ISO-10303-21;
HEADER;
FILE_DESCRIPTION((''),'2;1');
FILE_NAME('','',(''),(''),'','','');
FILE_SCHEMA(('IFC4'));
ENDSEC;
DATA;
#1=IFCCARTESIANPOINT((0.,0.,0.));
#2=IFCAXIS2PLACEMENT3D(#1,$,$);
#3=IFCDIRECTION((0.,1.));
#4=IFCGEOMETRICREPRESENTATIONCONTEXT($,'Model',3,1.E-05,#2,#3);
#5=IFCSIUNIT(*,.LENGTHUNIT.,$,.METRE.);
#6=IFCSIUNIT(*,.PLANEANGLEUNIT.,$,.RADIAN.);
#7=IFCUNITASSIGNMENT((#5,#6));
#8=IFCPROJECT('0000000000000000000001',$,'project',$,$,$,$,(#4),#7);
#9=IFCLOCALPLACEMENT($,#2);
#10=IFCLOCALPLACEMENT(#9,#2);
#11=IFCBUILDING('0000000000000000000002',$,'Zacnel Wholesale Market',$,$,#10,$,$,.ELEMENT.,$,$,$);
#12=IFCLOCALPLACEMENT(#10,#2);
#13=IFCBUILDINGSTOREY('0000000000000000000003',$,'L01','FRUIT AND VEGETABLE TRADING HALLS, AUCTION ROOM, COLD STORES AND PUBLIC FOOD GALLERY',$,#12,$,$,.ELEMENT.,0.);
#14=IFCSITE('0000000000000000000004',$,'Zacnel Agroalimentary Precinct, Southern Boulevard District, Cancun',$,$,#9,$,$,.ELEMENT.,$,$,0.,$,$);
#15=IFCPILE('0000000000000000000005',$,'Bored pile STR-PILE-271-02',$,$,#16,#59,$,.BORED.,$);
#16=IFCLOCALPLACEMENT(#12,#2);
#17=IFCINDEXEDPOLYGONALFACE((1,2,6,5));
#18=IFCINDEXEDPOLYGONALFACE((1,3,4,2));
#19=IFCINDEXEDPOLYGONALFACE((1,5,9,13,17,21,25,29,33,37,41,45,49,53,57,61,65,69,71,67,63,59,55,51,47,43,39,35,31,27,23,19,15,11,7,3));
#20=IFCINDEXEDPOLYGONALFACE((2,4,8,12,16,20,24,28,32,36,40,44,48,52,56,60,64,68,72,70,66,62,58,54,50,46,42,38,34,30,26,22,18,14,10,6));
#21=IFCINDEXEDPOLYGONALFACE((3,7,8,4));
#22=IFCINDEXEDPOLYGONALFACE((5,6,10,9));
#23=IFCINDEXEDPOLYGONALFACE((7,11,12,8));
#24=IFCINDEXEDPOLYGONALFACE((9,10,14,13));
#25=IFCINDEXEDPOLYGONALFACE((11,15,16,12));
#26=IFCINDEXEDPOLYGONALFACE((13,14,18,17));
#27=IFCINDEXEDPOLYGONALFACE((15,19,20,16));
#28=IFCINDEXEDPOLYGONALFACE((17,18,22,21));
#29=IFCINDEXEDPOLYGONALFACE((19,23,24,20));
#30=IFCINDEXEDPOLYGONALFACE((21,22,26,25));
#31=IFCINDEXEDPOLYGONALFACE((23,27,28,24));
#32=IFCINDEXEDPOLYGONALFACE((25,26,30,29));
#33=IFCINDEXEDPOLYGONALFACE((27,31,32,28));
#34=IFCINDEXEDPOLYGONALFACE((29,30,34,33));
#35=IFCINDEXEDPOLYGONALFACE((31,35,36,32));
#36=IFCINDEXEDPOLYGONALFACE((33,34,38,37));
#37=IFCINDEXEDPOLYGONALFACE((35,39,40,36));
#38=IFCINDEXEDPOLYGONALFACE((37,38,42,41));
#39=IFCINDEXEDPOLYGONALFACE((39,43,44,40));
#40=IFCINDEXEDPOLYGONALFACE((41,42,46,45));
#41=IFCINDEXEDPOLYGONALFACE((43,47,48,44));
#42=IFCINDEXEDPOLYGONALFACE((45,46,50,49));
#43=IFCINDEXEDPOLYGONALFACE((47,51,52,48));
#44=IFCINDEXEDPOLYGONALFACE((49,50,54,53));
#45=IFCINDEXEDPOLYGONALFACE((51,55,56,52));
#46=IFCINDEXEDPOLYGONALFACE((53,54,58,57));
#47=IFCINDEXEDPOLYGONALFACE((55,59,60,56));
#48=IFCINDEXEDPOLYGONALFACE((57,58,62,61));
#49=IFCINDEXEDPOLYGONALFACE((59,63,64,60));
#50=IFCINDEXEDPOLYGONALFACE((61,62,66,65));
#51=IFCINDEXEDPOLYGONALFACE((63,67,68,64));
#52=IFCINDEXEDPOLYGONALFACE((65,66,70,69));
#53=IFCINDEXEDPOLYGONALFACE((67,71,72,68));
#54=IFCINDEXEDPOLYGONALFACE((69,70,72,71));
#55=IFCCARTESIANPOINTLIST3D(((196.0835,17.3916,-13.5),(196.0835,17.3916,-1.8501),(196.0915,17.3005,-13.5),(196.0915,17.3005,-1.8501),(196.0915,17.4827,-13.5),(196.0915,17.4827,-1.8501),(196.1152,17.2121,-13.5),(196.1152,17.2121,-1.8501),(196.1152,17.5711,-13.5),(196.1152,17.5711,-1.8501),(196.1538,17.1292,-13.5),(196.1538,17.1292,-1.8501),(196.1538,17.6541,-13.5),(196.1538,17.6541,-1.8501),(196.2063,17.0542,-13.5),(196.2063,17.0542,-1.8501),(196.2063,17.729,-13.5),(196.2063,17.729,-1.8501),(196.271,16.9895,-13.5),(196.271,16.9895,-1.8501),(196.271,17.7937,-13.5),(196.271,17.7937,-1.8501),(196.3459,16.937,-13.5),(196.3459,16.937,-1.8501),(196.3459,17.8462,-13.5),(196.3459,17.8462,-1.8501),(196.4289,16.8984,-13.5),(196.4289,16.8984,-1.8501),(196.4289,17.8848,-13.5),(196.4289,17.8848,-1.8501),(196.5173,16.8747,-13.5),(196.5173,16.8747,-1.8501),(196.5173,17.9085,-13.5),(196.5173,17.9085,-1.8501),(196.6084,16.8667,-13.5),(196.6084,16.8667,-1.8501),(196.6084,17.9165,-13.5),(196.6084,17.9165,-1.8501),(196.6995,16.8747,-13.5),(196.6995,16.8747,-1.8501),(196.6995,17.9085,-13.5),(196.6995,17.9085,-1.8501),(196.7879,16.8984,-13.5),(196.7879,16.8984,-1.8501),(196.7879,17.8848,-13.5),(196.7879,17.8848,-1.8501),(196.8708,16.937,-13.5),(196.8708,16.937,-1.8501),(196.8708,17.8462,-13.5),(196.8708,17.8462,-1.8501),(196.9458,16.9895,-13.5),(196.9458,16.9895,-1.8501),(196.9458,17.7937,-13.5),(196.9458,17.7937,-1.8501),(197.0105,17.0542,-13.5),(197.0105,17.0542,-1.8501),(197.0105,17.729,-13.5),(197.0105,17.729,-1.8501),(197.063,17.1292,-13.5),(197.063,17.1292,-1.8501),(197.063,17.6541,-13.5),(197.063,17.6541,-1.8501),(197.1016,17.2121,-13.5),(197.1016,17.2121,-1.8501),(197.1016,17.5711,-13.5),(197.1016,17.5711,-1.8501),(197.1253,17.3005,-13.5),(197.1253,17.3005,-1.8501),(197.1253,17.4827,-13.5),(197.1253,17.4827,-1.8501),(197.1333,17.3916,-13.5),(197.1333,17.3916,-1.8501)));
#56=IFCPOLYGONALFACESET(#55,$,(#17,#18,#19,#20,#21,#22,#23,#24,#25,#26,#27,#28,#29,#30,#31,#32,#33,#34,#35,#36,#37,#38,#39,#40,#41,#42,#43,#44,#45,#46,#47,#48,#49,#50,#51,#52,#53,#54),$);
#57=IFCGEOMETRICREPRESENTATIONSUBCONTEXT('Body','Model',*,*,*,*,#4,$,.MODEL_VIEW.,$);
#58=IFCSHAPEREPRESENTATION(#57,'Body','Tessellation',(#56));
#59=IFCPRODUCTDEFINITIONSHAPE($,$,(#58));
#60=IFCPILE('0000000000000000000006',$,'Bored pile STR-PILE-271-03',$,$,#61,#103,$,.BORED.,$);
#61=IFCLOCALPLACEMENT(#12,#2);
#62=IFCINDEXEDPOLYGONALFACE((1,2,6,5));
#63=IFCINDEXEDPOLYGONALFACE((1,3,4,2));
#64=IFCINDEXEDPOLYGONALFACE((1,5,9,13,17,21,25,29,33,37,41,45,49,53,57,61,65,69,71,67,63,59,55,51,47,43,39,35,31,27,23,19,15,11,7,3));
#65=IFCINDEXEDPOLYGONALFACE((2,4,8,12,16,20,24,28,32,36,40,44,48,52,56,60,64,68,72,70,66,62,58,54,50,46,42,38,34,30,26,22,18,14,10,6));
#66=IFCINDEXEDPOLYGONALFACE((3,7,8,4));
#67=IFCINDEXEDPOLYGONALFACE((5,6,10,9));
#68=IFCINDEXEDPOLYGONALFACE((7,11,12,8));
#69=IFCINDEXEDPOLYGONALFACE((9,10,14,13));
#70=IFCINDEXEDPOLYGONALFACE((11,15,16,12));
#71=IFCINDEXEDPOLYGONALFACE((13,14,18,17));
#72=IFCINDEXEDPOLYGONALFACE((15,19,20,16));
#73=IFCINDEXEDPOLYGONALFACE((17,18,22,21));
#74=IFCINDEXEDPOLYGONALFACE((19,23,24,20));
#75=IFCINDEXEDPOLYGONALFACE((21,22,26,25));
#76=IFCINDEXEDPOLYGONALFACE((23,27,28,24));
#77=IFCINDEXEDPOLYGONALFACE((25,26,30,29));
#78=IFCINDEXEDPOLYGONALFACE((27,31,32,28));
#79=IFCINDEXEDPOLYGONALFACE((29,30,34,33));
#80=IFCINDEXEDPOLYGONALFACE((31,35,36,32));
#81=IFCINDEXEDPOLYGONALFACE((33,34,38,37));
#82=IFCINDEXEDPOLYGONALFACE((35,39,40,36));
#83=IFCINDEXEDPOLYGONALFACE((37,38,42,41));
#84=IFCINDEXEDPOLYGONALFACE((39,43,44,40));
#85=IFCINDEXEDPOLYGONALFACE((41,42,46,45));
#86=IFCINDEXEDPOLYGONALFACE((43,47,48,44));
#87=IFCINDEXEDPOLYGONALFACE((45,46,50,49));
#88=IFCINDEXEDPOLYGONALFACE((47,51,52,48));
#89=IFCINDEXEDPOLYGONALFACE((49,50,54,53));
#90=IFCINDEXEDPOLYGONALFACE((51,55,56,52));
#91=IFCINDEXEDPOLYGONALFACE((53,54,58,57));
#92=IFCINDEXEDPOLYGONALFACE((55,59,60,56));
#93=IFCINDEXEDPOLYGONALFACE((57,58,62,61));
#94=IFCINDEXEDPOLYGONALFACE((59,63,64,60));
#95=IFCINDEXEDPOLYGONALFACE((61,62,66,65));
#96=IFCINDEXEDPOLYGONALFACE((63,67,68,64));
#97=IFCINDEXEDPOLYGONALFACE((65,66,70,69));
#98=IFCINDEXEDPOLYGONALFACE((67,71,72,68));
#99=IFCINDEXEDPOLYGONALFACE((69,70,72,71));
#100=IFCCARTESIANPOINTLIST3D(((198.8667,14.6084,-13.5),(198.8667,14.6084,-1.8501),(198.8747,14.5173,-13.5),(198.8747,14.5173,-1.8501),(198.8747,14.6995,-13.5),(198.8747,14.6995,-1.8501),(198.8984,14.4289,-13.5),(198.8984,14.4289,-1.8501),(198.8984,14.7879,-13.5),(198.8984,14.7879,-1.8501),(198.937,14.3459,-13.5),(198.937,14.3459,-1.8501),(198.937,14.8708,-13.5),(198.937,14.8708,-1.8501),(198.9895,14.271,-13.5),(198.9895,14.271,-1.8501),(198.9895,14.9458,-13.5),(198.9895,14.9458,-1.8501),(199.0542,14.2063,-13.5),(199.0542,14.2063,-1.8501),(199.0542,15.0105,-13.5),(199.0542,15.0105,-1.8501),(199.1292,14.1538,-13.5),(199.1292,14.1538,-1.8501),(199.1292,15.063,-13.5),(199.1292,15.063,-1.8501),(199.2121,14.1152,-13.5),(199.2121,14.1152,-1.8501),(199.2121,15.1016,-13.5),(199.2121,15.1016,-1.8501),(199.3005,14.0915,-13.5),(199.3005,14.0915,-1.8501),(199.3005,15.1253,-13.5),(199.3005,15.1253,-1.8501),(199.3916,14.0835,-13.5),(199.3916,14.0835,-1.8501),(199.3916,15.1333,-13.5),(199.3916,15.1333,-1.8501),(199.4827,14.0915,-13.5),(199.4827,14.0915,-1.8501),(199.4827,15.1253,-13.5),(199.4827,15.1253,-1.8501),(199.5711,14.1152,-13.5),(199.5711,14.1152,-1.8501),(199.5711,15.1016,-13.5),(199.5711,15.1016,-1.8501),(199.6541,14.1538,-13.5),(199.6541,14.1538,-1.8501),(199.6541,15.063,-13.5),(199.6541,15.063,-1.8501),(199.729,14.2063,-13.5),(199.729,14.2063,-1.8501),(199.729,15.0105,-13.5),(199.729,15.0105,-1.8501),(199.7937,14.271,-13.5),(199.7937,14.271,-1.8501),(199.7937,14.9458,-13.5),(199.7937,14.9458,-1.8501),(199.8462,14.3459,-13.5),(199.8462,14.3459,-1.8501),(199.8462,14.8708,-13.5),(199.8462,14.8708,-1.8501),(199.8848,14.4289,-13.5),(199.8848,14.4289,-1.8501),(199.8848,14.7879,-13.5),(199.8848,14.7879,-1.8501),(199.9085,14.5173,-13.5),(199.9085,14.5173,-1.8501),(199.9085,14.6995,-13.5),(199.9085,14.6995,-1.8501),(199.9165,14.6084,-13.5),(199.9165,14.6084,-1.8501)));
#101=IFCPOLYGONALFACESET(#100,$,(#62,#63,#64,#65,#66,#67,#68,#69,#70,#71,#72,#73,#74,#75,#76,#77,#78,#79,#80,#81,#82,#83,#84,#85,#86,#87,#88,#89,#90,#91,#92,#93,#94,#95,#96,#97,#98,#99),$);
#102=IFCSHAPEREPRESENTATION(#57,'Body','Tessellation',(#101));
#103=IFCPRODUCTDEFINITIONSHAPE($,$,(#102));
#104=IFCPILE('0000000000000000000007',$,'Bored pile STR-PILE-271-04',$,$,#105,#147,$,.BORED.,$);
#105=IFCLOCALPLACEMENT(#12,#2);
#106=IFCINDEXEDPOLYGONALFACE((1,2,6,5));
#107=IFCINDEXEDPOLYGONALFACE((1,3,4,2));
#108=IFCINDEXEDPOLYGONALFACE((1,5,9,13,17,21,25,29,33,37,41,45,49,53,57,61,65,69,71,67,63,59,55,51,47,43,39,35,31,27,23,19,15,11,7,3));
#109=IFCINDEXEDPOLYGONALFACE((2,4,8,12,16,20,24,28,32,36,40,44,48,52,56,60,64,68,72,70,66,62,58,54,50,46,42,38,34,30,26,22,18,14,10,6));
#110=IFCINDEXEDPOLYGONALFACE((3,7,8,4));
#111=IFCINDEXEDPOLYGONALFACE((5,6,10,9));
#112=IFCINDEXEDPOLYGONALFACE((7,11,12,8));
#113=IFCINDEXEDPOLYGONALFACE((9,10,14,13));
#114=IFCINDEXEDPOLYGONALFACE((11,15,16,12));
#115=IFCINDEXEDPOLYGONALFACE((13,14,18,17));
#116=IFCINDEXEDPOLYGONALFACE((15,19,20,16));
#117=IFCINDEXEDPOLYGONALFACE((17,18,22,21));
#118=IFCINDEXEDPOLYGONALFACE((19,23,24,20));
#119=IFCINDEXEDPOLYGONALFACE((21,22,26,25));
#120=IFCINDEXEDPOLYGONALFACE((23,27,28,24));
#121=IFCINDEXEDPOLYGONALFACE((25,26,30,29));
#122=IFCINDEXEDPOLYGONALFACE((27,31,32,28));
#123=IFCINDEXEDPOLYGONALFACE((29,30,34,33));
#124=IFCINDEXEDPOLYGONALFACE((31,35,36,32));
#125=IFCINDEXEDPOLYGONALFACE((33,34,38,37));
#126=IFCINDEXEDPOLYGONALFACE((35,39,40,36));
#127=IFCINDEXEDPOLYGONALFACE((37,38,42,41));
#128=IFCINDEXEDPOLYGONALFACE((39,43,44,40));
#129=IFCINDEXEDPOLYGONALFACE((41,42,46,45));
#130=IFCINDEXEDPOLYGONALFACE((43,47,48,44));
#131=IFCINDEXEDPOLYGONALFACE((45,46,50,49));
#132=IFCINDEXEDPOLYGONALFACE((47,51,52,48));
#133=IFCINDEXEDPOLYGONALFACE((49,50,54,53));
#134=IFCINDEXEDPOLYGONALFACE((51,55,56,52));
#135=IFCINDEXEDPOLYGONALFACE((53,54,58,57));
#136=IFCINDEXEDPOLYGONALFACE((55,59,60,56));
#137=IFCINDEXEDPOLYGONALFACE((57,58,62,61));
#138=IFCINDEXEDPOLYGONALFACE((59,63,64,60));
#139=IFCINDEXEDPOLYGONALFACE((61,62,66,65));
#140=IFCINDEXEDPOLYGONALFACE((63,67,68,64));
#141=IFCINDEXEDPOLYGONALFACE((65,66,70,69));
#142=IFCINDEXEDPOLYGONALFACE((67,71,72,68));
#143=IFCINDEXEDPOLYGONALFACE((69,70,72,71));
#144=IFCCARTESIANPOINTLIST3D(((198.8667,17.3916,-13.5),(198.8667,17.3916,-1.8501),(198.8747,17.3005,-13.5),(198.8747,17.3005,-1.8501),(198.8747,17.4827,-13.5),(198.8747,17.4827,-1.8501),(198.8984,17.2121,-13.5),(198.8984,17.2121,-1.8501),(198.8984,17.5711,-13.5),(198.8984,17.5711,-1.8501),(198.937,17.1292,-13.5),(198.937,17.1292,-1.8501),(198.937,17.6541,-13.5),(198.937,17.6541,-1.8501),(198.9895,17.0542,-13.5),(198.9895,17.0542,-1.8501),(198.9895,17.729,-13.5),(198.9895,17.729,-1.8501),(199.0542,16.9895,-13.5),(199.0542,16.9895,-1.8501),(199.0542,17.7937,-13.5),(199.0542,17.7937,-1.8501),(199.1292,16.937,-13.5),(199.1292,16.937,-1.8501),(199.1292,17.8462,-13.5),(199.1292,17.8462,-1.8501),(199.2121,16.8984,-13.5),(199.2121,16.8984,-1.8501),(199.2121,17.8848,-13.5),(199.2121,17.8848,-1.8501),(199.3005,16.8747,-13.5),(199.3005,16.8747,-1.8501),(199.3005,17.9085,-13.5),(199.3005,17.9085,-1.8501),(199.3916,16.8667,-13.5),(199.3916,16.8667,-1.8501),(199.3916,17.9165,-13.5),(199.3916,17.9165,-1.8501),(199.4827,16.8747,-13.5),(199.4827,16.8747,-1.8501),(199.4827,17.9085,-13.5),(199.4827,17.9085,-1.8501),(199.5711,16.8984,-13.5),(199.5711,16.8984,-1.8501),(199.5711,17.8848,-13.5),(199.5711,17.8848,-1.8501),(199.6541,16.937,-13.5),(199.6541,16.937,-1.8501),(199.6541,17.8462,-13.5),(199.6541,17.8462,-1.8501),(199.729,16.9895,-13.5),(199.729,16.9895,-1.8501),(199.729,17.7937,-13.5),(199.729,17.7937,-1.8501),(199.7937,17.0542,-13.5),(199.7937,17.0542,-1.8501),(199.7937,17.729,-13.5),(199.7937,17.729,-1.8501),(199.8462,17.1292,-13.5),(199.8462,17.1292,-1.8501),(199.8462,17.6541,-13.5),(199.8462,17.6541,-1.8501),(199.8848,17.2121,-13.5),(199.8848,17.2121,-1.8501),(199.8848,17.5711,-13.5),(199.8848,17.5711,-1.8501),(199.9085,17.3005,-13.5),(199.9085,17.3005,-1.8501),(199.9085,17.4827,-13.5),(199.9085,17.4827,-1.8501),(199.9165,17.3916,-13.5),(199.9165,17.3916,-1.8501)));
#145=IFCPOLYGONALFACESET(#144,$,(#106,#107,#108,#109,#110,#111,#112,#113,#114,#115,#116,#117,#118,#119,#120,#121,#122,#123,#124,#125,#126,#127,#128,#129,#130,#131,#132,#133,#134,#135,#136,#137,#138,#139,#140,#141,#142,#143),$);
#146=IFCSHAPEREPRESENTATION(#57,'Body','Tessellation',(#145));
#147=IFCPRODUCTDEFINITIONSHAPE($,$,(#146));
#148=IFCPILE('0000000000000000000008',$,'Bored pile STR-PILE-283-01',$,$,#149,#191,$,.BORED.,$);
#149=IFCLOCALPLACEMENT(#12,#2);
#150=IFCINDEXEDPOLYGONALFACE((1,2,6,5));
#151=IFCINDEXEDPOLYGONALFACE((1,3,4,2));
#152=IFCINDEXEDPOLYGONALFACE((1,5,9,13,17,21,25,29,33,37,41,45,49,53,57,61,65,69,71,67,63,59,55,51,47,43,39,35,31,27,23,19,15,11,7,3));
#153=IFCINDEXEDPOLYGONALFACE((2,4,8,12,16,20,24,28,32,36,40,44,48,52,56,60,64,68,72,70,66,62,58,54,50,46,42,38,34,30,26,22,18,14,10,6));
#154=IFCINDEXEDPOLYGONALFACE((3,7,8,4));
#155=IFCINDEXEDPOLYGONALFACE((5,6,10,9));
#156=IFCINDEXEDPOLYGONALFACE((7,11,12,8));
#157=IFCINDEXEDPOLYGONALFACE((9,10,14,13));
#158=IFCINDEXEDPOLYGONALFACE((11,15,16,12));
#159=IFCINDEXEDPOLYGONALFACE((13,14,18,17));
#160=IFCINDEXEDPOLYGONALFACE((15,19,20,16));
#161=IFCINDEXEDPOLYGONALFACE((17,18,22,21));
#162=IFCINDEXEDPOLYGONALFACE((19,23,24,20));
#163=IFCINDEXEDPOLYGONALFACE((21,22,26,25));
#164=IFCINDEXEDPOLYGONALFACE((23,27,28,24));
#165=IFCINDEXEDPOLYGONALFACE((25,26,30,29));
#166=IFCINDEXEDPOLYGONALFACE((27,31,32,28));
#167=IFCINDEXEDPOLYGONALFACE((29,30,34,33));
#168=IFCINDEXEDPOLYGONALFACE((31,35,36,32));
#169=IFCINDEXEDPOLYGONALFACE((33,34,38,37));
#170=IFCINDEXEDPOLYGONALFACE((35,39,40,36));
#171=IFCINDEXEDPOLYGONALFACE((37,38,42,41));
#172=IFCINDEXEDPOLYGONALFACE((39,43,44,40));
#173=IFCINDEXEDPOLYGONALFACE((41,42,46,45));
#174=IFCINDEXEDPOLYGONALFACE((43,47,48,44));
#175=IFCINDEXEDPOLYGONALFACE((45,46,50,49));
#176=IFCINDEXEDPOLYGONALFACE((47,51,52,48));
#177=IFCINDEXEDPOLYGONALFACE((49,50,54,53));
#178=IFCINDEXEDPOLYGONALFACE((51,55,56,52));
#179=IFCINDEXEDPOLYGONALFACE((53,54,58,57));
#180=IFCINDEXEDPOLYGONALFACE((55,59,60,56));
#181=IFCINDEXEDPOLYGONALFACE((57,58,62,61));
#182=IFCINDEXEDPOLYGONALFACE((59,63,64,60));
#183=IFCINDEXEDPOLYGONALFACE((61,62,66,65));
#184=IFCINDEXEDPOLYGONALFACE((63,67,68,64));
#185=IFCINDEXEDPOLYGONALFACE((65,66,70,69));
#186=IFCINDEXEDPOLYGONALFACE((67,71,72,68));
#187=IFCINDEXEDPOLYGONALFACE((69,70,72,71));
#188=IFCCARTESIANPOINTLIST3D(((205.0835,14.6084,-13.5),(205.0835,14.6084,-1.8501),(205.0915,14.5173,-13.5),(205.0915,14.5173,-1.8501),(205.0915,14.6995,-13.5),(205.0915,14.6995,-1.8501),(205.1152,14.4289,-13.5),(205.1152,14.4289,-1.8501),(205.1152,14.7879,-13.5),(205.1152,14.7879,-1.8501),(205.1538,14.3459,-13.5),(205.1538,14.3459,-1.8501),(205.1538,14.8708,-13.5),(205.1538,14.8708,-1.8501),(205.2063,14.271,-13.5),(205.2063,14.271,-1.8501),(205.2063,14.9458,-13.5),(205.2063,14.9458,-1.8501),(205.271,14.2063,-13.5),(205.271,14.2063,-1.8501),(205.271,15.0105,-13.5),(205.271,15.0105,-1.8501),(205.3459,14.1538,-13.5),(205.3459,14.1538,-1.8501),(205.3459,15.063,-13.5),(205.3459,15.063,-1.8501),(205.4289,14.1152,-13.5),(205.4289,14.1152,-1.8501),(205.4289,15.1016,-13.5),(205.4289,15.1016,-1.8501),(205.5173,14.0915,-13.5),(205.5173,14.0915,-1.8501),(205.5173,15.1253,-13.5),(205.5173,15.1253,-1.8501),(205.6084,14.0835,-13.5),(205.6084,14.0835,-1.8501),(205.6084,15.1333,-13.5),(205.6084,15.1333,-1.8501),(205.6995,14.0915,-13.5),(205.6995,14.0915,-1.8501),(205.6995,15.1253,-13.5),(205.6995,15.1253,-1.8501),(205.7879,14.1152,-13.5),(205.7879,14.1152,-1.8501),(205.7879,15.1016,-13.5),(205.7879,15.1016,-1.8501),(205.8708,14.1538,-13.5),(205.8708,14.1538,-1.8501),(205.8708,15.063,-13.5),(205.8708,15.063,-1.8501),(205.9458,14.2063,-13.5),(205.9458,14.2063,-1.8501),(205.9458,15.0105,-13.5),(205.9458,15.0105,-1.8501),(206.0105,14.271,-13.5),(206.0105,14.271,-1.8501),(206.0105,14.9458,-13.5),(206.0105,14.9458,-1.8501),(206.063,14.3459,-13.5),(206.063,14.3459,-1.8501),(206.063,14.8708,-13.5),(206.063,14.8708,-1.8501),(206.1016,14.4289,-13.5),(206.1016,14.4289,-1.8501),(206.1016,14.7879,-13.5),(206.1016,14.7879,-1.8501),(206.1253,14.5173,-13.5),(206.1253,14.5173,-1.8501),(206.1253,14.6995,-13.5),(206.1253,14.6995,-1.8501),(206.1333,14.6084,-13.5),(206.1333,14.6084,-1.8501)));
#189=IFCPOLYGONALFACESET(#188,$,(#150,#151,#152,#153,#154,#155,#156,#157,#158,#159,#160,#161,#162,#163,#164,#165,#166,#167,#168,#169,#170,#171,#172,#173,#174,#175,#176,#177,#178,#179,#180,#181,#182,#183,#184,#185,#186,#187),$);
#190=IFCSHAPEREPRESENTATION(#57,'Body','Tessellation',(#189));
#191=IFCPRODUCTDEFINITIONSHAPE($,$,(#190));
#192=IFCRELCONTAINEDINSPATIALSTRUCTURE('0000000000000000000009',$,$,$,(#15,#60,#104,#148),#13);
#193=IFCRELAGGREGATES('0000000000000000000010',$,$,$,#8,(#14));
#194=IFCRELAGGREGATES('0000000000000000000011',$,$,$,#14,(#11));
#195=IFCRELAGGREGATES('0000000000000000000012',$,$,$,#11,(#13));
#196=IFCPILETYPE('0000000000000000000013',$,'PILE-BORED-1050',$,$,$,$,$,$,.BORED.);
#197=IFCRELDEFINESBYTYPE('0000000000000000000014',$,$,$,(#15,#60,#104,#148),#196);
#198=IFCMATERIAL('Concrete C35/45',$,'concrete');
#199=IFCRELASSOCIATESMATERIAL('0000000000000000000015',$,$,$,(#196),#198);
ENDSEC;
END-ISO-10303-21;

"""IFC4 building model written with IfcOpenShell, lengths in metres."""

from ifc_helpers import new_model, si_unit, direction, frame, origin, origin_2d, place, context, subcontext, project, spatial, circle, extrude, material, material_profile, profile_set, type_object, element, save


model = new_model("IFC4")

# Units and contexts
model_context = context("Model", 3, precision=1e-05, world=origin(), true_north=direction((0.0, 1.0)))
body_context = subcontext(model_context, "Body", "Model", "MODEL_VIEW")
ifc_project = project(units=[si_unit("LENGTHUNIT", "METRE"), si_unit("PLANEANGLEUNIT", "RADIAN")], contexts=[model_context])

# Site, building, storey
site_placement = place(None, origin())
site = spatial("IfcSite", under=ifc_project, at=site_placement, Name="Zacnel Agroalimentary Precinct, Southern Boulevard District, Cancun", CompositionType="ELEMENT", RefElevation=0.0)
building_placement = place(site_placement, origin())
building = spatial("IfcBuilding", under=site, at=building_placement, Name="Zacnel Wholesale Market", CompositionType="ELEMENT")
storey_placement = place(building_placement, origin())
storey = spatial("IfcBuildingStorey", under=building, at=storey_placement, Name="L01", Description="FRUIT AND VEGETABLE TRADING HALLS, AUCTION ROOM, COLD STORES AND PUBLIC FOOD GALLERY", CompositionType="ELEMENT", Elevation=0.0)

# Piles
ifc_material_1 = material(Name="Concrete C35/45", Category="concrete")
ifc_material_profile_1 = material_profile(ifc_material_1, circle(Radius=0.5249, at=origin_2d()), Name="BORED PILE D1050")
ifc_profile_set_1 = profile_set([ifc_material_profile_1], Name="Concrete C35/45")
pile_type = type_object("IfcPileType", Name="PILE-BORED-1050", PredefinedType="BORED", material=ifc_profile_set_1)
for number, where, z_axis, x_axis, name in (
    (1, (196.6084, 17.3916, -1.8501), (0.0, 0.0, -1.0), (1.0, 0.0, 0.0), "Bored pile STR-PILE-271-02"),
    (2, (199.3916, 14.6084, -1.8501), (0.0, 0.0, -1.0), (1.0, 0.0, 0.0), "Bored pile STR-PILE-271-03"),
    (3, (199.3916, 17.3916, -1.8501), (0.0, 0.0, -1.0), (1.0, 0.0, 0.0), "Bored pile STR-PILE-271-04"),
    (4, (205.6084, 14.6084, -1.8501), (0.0, 0.0, -1.0), (1.0, 0.0, 0.0), "Bored pile STR-PILE-283-01"),
):
    element("IfcPile", number, at=place(storey_placement, frame(where, z_axis=z_axis, x_axis=x_axis)), inside=storey, type_object=pile_type, Name=name, PredefinedType="BORED", context=body_context, shape_type="SweptSolid", body=[
        extrude(circle(Radius=0.5249, at=origin_2d()), origin(), (0.0, 0.0, 1.0), 11.6499),
    ])

save(model, "model.ifc")
